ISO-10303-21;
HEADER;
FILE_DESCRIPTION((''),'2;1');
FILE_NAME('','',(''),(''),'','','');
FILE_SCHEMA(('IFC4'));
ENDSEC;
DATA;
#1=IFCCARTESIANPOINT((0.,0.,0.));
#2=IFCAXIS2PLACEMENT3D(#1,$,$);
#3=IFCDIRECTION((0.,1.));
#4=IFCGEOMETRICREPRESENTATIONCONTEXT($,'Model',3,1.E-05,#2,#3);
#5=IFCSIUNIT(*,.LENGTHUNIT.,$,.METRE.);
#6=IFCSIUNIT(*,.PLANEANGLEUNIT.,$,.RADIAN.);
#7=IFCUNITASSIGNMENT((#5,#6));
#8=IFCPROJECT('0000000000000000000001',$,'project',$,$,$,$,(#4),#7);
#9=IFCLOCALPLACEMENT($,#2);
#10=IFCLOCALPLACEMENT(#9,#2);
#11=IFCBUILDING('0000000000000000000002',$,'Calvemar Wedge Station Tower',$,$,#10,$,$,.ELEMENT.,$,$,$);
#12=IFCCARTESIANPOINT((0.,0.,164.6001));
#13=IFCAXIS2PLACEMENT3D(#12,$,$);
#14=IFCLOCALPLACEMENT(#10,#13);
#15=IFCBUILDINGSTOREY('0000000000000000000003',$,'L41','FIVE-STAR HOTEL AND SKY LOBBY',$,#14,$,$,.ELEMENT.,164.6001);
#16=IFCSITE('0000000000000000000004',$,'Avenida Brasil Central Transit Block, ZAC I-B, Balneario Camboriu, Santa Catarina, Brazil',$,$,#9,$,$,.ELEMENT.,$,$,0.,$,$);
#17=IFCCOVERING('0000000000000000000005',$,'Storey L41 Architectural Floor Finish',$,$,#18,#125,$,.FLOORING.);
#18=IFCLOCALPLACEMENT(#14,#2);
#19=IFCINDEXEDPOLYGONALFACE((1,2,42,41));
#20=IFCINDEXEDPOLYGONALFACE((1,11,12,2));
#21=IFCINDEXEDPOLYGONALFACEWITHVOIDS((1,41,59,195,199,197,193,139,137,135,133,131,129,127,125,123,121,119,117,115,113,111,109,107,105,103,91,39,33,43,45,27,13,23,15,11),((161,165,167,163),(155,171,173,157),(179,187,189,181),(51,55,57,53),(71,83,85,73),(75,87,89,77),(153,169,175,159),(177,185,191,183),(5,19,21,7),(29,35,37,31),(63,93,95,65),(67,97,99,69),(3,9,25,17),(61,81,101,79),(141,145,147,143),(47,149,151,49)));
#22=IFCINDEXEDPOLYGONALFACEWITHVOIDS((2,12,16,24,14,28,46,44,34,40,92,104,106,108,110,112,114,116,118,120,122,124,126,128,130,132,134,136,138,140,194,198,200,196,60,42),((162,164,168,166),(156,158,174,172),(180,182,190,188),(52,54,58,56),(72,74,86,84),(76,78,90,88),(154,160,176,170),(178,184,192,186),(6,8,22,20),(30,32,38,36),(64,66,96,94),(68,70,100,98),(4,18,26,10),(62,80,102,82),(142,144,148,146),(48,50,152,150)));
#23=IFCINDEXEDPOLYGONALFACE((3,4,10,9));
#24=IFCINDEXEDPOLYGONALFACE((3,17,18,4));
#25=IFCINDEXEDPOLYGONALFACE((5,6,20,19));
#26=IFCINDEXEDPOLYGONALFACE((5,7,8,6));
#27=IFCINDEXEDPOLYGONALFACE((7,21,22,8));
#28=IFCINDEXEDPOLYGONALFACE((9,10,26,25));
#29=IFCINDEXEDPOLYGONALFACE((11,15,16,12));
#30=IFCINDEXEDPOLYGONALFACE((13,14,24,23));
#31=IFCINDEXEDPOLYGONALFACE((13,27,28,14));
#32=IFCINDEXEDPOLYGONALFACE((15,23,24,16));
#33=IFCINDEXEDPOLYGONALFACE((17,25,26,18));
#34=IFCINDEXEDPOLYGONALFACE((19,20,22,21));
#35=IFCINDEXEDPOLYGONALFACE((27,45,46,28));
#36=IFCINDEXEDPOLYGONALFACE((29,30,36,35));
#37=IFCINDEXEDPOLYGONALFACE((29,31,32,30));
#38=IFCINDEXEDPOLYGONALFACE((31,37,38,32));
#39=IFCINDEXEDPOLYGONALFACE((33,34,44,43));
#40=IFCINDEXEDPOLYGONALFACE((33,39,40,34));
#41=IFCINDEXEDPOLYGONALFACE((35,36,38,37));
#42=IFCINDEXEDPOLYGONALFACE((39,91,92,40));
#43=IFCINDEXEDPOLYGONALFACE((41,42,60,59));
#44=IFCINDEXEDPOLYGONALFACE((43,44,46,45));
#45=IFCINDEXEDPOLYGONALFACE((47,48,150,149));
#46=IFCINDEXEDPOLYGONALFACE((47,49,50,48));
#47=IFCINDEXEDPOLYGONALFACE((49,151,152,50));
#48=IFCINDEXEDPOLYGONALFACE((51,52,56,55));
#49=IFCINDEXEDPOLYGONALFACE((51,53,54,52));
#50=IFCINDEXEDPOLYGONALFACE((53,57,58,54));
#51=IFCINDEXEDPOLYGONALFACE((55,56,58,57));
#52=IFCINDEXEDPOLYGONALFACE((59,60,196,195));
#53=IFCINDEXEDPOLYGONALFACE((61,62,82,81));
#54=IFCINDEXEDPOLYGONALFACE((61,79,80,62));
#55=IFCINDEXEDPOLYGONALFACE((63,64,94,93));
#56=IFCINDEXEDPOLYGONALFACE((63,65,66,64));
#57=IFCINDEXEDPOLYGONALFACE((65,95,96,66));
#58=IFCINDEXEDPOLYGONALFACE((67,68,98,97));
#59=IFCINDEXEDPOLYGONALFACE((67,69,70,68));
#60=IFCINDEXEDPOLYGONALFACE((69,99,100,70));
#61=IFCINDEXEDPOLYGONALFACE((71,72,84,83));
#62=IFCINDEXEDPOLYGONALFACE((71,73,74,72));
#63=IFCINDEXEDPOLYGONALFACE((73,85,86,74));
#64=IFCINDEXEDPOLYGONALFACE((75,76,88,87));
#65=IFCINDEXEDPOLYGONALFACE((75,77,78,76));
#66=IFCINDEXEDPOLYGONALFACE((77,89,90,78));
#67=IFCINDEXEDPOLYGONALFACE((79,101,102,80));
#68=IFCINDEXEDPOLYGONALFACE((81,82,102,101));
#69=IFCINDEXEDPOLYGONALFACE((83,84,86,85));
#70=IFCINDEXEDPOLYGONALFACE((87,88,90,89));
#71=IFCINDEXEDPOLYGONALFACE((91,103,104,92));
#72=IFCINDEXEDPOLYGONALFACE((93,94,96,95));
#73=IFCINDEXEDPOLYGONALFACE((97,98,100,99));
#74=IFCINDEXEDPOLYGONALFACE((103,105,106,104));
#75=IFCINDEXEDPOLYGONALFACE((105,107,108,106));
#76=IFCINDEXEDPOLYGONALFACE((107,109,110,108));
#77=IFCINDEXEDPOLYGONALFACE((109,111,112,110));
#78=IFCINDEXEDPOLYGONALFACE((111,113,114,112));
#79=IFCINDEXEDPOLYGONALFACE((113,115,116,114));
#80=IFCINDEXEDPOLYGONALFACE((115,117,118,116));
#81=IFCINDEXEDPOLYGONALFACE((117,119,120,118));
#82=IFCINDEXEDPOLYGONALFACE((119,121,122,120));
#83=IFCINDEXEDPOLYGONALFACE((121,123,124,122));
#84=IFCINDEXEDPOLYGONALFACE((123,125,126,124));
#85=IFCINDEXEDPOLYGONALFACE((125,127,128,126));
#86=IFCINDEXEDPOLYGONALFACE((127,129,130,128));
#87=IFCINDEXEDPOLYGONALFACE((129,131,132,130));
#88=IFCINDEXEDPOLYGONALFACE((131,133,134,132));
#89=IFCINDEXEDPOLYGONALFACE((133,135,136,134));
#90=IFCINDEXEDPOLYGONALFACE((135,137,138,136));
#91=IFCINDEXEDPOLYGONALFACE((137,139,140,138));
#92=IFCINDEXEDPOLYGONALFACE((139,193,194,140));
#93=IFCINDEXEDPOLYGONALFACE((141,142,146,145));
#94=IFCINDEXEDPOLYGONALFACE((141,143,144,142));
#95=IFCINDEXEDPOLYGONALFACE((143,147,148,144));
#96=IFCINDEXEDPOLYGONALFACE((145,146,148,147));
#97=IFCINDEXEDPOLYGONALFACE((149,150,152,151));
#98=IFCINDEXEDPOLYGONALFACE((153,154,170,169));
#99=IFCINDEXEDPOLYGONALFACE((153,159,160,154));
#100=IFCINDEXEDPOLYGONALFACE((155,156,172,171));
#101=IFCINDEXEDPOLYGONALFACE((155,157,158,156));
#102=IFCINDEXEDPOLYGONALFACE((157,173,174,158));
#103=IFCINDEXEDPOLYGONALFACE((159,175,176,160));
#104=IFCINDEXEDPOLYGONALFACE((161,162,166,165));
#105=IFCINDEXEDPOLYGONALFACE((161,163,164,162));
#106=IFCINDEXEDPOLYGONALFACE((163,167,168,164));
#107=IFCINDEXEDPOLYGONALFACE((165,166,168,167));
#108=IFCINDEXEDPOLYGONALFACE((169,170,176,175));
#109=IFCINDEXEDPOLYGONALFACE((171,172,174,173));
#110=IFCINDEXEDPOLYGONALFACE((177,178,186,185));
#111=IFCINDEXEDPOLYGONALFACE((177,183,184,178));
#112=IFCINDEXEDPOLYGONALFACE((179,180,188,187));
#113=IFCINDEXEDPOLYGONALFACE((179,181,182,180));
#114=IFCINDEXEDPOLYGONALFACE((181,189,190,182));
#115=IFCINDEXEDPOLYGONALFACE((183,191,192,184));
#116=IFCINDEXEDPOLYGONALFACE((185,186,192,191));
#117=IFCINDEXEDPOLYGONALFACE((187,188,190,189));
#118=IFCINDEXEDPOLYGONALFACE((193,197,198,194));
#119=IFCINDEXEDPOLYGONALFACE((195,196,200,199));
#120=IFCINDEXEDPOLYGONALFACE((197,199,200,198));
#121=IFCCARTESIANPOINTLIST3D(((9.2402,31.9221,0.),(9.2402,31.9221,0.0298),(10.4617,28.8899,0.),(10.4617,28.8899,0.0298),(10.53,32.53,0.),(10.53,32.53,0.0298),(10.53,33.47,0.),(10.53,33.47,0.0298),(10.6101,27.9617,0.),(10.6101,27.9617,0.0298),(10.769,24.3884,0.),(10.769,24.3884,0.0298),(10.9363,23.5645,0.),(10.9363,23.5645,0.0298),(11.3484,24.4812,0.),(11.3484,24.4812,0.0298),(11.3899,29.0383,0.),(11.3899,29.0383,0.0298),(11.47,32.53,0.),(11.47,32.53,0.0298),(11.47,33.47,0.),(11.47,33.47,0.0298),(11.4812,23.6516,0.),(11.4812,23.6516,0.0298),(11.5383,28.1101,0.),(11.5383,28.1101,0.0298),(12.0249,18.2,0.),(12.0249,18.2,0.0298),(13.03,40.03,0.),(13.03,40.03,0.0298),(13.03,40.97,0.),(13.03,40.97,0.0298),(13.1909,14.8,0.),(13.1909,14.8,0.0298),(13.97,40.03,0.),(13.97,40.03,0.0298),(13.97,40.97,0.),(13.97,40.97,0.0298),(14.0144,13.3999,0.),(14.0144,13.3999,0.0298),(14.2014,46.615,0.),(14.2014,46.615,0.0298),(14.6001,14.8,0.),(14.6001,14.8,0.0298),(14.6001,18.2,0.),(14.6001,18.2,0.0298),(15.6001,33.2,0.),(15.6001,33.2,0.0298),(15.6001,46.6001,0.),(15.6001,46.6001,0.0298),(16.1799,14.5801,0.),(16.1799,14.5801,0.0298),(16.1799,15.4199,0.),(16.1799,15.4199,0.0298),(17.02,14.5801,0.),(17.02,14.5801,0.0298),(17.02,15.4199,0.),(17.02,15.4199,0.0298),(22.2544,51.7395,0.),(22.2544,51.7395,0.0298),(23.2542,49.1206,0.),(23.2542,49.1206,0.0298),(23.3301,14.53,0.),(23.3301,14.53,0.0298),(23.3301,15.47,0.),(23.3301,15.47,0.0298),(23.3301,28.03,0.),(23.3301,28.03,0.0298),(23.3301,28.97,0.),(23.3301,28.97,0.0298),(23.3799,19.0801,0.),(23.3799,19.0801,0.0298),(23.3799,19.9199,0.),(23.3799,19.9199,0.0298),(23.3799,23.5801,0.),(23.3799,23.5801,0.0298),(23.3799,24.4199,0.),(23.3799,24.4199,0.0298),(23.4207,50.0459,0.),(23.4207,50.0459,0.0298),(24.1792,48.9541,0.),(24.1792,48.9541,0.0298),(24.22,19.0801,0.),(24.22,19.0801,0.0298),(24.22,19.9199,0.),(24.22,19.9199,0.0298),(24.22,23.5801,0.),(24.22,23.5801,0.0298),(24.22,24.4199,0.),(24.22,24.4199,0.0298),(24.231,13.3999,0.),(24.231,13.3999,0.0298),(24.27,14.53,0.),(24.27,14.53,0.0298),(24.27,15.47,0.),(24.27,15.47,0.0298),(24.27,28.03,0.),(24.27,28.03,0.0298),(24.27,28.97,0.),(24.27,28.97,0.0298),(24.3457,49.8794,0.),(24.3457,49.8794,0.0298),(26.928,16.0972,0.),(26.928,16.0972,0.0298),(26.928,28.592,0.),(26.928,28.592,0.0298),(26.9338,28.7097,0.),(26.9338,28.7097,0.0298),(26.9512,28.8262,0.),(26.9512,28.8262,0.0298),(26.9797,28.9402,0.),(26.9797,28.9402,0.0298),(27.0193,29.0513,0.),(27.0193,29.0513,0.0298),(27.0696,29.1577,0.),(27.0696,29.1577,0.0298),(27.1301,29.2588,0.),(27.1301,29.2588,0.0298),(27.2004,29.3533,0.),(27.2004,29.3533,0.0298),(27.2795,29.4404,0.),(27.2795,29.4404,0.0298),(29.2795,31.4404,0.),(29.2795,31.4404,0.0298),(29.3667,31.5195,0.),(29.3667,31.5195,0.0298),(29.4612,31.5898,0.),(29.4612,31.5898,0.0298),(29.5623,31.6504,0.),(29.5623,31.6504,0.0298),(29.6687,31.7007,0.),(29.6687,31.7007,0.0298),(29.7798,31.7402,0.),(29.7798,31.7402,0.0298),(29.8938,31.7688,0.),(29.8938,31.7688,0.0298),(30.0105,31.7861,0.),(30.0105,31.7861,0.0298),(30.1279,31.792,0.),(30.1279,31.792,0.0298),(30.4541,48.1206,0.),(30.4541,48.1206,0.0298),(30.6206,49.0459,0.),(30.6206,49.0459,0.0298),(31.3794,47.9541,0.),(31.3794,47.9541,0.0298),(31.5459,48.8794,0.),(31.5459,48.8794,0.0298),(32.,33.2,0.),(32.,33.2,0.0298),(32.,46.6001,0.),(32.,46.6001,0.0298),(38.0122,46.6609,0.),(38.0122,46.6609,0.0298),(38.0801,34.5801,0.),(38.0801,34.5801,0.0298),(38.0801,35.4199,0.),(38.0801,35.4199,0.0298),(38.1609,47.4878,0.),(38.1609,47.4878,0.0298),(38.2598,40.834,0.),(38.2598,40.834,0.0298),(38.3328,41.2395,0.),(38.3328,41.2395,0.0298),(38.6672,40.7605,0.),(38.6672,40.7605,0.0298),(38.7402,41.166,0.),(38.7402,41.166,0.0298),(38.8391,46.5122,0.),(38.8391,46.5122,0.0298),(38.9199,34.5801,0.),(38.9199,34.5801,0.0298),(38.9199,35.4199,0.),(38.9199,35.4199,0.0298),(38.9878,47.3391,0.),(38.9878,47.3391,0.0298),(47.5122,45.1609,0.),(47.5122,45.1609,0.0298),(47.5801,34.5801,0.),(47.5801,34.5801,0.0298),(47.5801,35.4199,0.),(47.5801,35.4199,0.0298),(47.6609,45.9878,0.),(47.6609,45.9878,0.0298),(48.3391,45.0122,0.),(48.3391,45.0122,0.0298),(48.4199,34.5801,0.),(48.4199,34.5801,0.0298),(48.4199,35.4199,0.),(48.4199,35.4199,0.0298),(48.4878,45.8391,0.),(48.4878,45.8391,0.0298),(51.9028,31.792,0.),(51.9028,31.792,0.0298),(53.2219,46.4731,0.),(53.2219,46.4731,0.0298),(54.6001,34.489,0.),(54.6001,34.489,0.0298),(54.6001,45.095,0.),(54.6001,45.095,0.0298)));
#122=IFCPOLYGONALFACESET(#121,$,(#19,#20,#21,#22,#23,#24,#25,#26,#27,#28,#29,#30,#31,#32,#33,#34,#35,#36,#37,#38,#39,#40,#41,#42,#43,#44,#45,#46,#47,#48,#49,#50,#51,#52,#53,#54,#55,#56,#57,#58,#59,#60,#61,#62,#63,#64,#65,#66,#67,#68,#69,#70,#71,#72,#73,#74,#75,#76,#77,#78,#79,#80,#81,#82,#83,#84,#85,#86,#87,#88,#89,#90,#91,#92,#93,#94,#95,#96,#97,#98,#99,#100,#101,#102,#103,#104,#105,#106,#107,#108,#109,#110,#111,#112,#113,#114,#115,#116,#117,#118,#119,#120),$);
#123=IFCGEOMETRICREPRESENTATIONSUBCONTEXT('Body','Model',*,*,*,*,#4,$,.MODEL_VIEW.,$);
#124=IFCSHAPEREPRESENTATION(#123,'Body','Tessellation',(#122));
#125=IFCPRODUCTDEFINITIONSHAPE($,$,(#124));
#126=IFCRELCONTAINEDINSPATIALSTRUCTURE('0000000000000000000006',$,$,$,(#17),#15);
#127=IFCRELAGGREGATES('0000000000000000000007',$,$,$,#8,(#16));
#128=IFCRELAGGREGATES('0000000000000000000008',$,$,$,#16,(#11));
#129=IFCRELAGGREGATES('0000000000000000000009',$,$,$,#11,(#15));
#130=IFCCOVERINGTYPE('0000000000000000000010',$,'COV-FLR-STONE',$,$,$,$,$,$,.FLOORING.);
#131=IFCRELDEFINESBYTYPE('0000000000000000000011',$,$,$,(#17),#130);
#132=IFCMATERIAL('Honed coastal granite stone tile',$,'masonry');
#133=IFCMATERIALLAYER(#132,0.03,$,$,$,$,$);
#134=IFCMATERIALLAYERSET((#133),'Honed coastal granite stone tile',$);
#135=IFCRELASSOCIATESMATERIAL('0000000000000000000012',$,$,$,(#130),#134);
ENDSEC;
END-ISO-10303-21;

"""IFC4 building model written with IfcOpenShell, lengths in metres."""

from ifc_helpers import new_model, si_unit, direction, frame, origin, place, context, subcontext, project, spatial, polyline, outline, extrude, material, layer, layer_set, type_object, element, save


model = new_model("IFC4")

# Units and contexts
model_context = context("Model", 3, precision=1e-05, world=origin(), true_north=direction((0.0, 1.0)))
body_context = subcontext(model_context, "Body", "Model", "MODEL_VIEW")
ifc_project = project(units=[si_unit("LENGTHUNIT", "METRE"), si_unit("PLANEANGLEUNIT", "RADIAN")], contexts=[model_context])

# Site, building, storey
site_placement = place(None, origin())
site = spatial("IfcSite", under=ifc_project, at=site_placement, Name="Avenida Brasil Central Transit Block, ZAC I-B, Balneario Camboriu, Santa Catarina, Brazil", CompositionType="ELEMENT", RefElevation=0.0)
building_placement = place(site_placement, origin())
building = spatial("IfcBuilding", under=site, at=building_placement, Name="Calvemar Wedge Station Tower", CompositionType="ELEMENT")
storey_placement = place(building_placement, frame((0.0, 0.0, 164.6001)))
storey = spatial("IfcBuildingStorey", under=building, at=storey_placement, Name="L41", Description="FIVE-STAR HOTEL AND SKY LOBBY", CompositionType="ELEMENT", Elevation=164.6001)

# Covering
ifc_material_1 = material(Name="Honed coastal granite stone tile", Category="masonry")
ifc_layer_1 = layer(ifc_material_1, 0.03)
ifc_layer_set_1 = layer_set([ifc_layer_1], Name="Honed coastal granite stone tile")
covering_type_1 = type_object("IfcCoveringType", Name="COV-FLR-STONE", PredefinedType="FLOORING", material=ifc_layer_set_1)
covering_1_placement = place(storey_placement, origin())
element("IfcCovering", 1, at=covering_1_placement, inside=storey, type_object=covering_type_1, Name="Storey L41 Architectural Floor Finish", PredefinedType="FLOORING", context=body_context, shape_type="SweptSolid", body=[
    extrude(outline(polyline([(27.2795, 29.4404), (29.2795, 31.4404), (29.3667, 31.5195), (29.4612, 31.5898), (29.5623, 31.6504), (29.6687, 31.7007), (29.7798, 31.7402), (29.8938, 31.7688), (30.0105, 31.7861), (30.1279, 31.792), (51.9028, 31.792), (54.6001, 34.489), (54.6001, 45.095), (53.2219, 46.4731), (22.2544, 51.7395), (14.2014, 46.615), (9.2402, 31.9221), (10.769, 24.3884), (11.3484, 24.4812), (11.4812, 23.6516), (10.9363, 23.5645), (12.0249, 18.2), (14.6001, 18.2), (14.6001, 14.8), (13.1909, 14.8), (14.0144, 13.3999), (24.231, 13.3999), (26.928, 16.0972), (26.928, 28.592), (26.9338, 28.7097), (26.9512, 28.8262), (26.9797, 28.9402), (27.0193, 29.0513), (27.0696, 29.1577), (27.1301, 29.2588), (27.2004, 29.3533), (27.2795, 29.4404)]), holes=[polyline([(15.6001, 46.6001), (32.0, 46.6001), (32.0, 33.2), (15.6001, 33.2), (15.6001, 46.6001)]), polyline([(10.53, 32.53), (10.53, 33.47), (11.47, 33.47), (11.47, 32.53), (10.53, 32.53)]), polyline([(13.03, 40.97), (13.97, 40.97), (13.97, 40.03), (13.03, 40.03), (13.03, 40.97)]), polyline([(24.3457, 49.8794), (24.1792, 48.9541), (23.2542, 49.1206), (23.4207, 50.0459), (24.3457, 49.8794)]), polyline([(31.3794, 47.9541), (30.4541, 48.1206), (30.6206, 49.0459), (31.5459, 48.8794), (31.3794, 47.9541)]), polyline([(38.0122, 46.6609), (38.1609, 47.4878), (38.9878, 47.3391), (38.8391, 46.5122), (38.0122, 46.6609)]), polyline([(47.6609, 45.9878), (48.4878, 45.8391), (48.3391, 45.0122), (47.5122, 45.1609), (47.6609, 45.9878)]), polyline([(38.9199, 35.4199), (38.9199, 34.5801), (38.0801, 34.5801), (38.0801, 35.4199), (38.9199, 35.4199)]), polyline([(48.4199, 34.5801), (47.5801, 34.5801), (47.5801, 35.4199), (48.4199, 35.4199), (48.4199, 34.5801)]), polyline([(38.2598, 40.834), (38.3328, 41.2395), (38.7402, 41.166), (38.6672, 40.7605), (38.2598, 40.834)]), polyline([(11.3899, 29.0383), (11.5383, 28.1101), (10.6101, 27.9617), (10.4617, 28.8899), (11.3899, 29.0383)]), polyline([(24.27, 28.03), (23.3301, 28.03), (23.3301, 28.97), (24.27, 28.97), (24.27, 28.03)]), polyline([(23.3799, 23.5801), (23.3799, 24.4199), (24.22, 24.4199), (24.22, 23.5801), (23.3799, 23.5801)]), polyline([(23.3799, 19.9199), (24.22, 19.9199), (24.22, 19.0801), (23.3799, 19.0801), (23.3799, 19.9199)]), polyline([(24.27, 15.47), (24.27, 14.53), (23.3301, 14.53), (23.3301, 15.47), (24.27, 15.47)]), polyline([(17.02, 14.5801), (16.1799, 14.5801), (16.1799, 15.4199), (17.02, 15.4199), (17.02, 14.5801)])]), origin(), (0.0, 0.0, 1.0), 0.0298),
])

save(model, "model.ifc")
